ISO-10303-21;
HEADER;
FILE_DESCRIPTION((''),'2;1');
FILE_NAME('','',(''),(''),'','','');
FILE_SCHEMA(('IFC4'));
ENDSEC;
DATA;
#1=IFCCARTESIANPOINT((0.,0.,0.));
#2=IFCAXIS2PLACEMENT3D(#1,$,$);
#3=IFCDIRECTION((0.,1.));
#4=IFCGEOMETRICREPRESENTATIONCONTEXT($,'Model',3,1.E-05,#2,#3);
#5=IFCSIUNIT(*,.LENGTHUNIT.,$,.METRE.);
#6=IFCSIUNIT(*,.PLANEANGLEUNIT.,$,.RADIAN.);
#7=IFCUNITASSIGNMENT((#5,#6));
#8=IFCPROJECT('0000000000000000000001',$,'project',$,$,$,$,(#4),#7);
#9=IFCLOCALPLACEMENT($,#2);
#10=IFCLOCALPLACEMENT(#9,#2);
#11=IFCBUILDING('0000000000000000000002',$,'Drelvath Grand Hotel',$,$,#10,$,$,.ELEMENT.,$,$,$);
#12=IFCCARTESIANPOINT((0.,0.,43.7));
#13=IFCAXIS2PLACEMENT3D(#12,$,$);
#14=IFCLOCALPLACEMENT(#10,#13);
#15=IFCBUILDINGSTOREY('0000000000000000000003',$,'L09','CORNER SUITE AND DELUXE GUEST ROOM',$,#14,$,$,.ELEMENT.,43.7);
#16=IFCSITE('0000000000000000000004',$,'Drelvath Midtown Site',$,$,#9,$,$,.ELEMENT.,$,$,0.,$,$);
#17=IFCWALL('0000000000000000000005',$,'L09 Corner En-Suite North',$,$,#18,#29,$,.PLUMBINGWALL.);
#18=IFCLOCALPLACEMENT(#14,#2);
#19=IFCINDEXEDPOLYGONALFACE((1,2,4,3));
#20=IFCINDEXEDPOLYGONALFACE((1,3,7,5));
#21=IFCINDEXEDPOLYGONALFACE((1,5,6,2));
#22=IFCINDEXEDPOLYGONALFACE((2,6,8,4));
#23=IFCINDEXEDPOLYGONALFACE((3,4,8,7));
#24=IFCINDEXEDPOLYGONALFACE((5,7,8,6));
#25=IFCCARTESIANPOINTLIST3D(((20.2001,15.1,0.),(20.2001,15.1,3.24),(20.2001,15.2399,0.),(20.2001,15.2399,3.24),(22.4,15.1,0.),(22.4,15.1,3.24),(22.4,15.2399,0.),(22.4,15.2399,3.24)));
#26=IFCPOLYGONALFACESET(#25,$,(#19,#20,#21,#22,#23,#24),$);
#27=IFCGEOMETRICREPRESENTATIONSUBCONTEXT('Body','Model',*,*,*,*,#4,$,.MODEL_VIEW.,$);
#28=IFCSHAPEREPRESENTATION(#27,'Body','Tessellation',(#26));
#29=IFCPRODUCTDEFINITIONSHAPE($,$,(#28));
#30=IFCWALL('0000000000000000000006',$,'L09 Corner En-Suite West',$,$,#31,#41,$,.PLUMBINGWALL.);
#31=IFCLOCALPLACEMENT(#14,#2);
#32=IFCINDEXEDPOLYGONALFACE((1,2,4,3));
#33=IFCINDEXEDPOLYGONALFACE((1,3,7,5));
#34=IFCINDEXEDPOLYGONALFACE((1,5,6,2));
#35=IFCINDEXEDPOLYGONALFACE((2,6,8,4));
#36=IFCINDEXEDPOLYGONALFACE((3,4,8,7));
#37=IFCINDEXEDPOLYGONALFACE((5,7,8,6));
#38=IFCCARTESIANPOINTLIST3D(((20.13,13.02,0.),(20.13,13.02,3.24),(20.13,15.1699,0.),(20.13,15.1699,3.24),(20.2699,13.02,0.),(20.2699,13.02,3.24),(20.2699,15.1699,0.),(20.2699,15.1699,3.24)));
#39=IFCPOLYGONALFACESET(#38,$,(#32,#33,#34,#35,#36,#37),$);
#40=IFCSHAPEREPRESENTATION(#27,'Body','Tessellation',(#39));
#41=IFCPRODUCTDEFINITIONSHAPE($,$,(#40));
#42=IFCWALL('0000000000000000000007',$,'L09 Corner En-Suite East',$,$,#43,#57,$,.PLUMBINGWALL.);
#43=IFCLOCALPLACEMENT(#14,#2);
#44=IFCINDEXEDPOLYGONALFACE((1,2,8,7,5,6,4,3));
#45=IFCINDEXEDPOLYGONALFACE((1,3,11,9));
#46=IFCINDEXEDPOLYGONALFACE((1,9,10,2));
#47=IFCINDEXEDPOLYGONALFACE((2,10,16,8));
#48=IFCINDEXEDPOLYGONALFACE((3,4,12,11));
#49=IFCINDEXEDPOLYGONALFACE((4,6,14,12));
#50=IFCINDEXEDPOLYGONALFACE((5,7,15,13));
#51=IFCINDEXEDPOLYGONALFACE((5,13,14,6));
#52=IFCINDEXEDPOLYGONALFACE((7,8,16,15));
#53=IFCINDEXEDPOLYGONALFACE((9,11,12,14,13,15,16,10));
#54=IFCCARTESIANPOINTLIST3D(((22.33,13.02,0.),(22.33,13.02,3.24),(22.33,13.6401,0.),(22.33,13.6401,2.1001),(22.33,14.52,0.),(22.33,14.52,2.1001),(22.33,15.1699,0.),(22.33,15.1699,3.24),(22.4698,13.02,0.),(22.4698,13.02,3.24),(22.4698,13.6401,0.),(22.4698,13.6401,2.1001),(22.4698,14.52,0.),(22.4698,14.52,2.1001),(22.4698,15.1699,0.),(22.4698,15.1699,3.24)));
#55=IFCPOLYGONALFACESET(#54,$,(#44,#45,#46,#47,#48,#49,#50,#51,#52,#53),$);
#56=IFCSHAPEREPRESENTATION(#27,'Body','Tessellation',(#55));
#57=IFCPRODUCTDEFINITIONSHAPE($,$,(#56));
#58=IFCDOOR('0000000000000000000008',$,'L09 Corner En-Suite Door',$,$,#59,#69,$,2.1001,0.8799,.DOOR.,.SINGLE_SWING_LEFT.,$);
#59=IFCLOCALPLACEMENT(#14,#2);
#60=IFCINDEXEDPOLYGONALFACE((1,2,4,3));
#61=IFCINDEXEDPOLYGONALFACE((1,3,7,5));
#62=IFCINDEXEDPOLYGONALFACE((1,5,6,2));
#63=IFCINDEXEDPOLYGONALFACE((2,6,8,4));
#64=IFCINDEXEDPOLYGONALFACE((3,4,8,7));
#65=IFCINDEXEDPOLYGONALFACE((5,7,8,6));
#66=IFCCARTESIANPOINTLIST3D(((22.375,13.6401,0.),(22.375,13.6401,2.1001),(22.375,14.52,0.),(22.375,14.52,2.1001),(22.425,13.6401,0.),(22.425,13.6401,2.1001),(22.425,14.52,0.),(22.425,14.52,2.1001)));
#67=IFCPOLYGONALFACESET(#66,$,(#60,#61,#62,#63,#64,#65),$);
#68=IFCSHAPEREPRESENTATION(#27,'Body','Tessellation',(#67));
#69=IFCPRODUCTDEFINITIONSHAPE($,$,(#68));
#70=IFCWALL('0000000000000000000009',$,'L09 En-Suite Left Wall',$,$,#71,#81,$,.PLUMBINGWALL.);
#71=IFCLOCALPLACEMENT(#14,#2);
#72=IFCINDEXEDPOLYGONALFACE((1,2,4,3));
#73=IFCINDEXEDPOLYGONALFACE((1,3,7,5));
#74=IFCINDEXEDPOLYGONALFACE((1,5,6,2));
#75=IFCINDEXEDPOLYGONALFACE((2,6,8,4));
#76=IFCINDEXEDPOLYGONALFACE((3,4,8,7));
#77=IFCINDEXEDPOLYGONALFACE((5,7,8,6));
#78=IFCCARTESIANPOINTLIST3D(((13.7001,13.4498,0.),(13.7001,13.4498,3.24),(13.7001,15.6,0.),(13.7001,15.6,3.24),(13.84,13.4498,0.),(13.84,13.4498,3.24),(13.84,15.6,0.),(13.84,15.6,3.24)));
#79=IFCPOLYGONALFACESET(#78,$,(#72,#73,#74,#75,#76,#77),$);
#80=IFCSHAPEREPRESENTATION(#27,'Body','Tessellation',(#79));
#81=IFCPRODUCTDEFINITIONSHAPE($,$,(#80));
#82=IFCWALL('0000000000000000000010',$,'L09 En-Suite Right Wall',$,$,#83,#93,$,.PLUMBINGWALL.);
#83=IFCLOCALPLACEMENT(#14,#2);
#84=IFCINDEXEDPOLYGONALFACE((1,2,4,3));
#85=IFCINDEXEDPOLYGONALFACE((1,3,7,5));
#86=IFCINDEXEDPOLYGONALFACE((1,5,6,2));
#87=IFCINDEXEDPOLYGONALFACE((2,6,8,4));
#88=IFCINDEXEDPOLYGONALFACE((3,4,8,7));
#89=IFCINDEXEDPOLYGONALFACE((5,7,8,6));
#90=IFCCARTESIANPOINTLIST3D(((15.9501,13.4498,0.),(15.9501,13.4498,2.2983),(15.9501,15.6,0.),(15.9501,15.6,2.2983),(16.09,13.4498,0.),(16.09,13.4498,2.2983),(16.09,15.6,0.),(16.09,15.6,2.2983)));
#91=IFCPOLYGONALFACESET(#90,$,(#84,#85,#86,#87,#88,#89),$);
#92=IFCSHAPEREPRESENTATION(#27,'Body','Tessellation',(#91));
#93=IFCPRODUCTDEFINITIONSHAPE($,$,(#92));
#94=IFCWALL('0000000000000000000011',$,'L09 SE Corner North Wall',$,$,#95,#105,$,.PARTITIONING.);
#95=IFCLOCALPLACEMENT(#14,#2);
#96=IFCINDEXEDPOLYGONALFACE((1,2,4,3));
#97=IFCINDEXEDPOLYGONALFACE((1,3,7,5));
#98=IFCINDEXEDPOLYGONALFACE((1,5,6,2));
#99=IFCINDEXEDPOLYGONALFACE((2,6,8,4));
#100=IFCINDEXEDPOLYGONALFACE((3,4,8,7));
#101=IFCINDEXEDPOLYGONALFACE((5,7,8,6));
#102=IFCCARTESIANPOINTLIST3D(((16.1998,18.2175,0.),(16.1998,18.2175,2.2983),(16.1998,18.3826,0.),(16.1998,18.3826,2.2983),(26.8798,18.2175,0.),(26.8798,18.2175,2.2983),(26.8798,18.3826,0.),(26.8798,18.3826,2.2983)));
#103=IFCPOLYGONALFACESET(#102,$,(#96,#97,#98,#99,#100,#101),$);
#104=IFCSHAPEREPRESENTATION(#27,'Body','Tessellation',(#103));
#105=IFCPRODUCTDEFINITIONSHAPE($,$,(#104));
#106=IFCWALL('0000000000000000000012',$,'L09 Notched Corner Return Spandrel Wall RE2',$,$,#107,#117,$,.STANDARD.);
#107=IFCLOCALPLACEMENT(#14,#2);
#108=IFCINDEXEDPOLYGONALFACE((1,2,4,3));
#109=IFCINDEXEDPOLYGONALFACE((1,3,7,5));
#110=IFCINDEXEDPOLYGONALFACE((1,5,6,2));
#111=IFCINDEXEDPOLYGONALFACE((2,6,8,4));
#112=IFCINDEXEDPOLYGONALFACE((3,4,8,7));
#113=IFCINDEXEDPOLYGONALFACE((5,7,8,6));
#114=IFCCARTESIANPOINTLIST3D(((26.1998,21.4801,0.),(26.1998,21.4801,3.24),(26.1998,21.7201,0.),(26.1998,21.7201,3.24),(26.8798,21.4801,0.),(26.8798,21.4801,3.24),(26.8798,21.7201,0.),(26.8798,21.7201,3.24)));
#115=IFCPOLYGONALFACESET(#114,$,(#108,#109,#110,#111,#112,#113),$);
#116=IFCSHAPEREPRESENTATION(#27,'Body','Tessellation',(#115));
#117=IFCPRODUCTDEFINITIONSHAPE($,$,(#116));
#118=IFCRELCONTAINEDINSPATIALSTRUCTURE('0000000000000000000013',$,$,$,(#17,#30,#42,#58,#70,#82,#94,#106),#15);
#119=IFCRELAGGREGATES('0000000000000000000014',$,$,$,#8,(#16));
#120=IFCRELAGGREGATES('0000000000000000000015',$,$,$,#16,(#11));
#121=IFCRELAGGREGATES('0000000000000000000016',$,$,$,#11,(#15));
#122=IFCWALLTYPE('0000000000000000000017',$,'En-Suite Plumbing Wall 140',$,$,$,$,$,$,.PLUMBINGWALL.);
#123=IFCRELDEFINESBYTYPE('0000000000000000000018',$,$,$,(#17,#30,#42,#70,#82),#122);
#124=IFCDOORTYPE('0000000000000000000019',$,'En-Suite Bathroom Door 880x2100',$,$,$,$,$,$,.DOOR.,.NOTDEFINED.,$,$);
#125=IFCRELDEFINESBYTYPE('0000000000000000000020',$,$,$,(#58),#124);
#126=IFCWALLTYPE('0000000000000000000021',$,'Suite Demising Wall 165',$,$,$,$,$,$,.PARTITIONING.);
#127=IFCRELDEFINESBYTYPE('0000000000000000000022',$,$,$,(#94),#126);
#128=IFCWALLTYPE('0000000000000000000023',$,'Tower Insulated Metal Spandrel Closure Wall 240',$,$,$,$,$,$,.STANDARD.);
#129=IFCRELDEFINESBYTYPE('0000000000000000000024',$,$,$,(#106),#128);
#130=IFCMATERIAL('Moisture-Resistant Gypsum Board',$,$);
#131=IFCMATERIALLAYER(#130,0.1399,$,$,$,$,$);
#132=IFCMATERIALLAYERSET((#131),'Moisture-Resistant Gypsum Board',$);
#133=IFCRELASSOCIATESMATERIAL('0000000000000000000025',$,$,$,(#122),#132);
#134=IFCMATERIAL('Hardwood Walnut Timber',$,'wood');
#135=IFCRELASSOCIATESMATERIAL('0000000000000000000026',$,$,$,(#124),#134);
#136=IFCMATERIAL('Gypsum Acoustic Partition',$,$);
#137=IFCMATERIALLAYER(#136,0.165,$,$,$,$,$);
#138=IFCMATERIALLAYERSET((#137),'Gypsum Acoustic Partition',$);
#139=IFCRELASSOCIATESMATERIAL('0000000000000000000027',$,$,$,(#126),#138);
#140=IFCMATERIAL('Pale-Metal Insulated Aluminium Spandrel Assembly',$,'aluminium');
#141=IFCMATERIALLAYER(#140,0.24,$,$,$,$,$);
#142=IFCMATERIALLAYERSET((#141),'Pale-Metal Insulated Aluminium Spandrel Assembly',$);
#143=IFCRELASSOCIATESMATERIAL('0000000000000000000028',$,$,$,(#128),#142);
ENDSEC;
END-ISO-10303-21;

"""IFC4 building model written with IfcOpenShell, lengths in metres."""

from ifc_helpers import new_model, si_unit, direction, frame, frame_2d, origin, place, context, subcontext, project, spatial, rectangle, extrude, material, layer, layer_set, type_object, element, fill, save


model = new_model("IFC4")

# Units and contexts
model_context = context("Model", 3, precision=1e-05, world=origin(), true_north=direction((0.0, 1.0)))
body_context = subcontext(model_context, "Body", "Model", "MODEL_VIEW")
ifc_project = project(units=[si_unit("LENGTHUNIT", "METRE"), si_unit("PLANEANGLEUNIT", "RADIAN")], contexts=[model_context])

# Site, building, storey
site_placement = place(None, origin())
site = spatial("IfcSite", under=ifc_project, at=site_placement, Name="Drelvath Midtown Site", CompositionType="ELEMENT", RefElevation=0.0)
building_placement = place(site_placement, origin())
building = spatial("IfcBuilding", under=site, at=building_placement, Name="Drelvath Grand Hotel", CompositionType="ELEMENT")
storey_placement = place(building_placement, frame((0.0, 0.0, 43.7)))
storey = spatial("IfcBuildingStorey", under=building, at=storey_placement, Name="L09", Description="CORNER SUITE AND DELUXE GUEST ROOM", CompositionType="ELEMENT", Elevation=43.7)

# Shared definitions
ifc_material_1 = material(Name="Hardwood Walnut Timber", Category="wood")

# Walls
ifc_material_2 = material(Name="Moisture-Resistant Gypsum Board")
ifc_layer_1 = layer(ifc_material_2, 0.1399)
ifc_layer_set_1 = layer_set([ifc_layer_1], Name="Moisture-Resistant Gypsum Board")
wall_type_1 = type_object("IfcWallType", Name="En-Suite Plumbing Wall 140", PredefinedType="PLUMBINGWALL", material=ifc_layer_set_1)
for number, where, z_axis, x_axis, name in (
    (1, (20.2, 15.1699, 0.0), (0.0, 0.0, 1.0), (1.0, 0.0, 0.0), "L09 Corner En-Suite North"),
):
    element("IfcWall", number, at=place(storey_placement, frame(where, z_axis=z_axis, x_axis=x_axis)), inside=storey, type_object=wall_type_1, Name=name, PredefinedType="PLUMBINGWALL", context=body_context, shape_type="SweptSolid", body=[
        extrude(rectangle(XDim=2.2, YDim=0.1399, at=frame_2d((1.1001, 0.0))), origin(), (0.0, 0.0, 1.0), 3.24),
    ])
wall_1_placement = place(storey_placement, frame((20.2, 13.02, 0.0), z_axis=(0.0, 0.0, 1.0), x_axis=(0.0, 1.0, 0.0)))
element("IfcWall", 2, at=wall_1_placement, inside=storey, type_object=wall_type_1, Name="L09 Corner En-Suite West", PredefinedType="PLUMBINGWALL", context=body_context, shape_type="SweptSolid", body=[
    extrude(rectangle(XDim=2.1499, YDim=0.1399, at=frame_2d((1.075, 0.0))), origin(), (0.0, 0.0, 1.0), 3.24),
])

# Wall, opening, door
wall_2_placement = place(storey_placement, frame((22.3999, 13.02, 0.0), z_axis=(0.0, 0.0, 1.0), x_axis=(0.0, 1.0, 0.0)))
wall_2 = element("IfcWall", 3, at=wall_2_placement, inside=storey, type_object=wall_type_1, Name="L09 Corner En-Suite East", PredefinedType="PLUMBINGWALL", context=body_context, shape_type="SweptSolid", body=[
    extrude(rectangle(XDim=2.1499, YDim=0.1399, at=frame_2d((1.075, 0.0))), origin(), (0.0, 0.0, 1.0), 3.24),
])
opening_1_placement = place(wall_2_placement, frame((0.6201, 0.0, 0.0)))
opening_1 = element("IfcOpeningElement", 4, at=opening_1_placement, cuts=wall_2, PredefinedType="OPENING", context=body_context, shape_type="SweptSolid", body=[
    extrude(rectangle(XDim=0.8799, YDim=2.1001, at=frame_2d((0.4399, 1.05))), frame((0.0, 0.0798, 0.0), z_axis=(0.0, -1.0, 0.0), x_axis=(1.0, 0.0, 0.0)), (0.0, 0.0, 1.0), 0.1599),
])
door_type_1 = type_object("IfcDoorType", Name="En-Suite Bathroom Door 880x2100", OperationType="NOTDEFINED", PredefinedType="DOOR", material=ifc_material_1)
door_1_placement = place(opening_1_placement, origin())
door_1 = element("IfcDoor", 5, at=door_1_placement, inside=storey, type_object=door_type_1, Name="L09 Corner En-Suite Door", OperationType="SINGLE_SWING_LEFT", OverallHeight=2.1001, OverallWidth=0.8799, PredefinedType="DOOR", context=body_context, shape_type="SweptSolid", body=[
    extrude(rectangle(XDim=0.8799, YDim=2.1001, at=frame_2d((0.4399, 1.05))), frame((0.0, 0.0249, 0.0), z_axis=(0.0, -1.0, 0.0), x_axis=(1.0, 0.0, 0.0)), (0.0, 0.0, 1.0), 0.05),
])
fill(opening_1, door_1)

# Walls
wall_3_placement = place(storey_placement, frame((13.77, 15.6001, 0.0), z_axis=(0.0, 0.0, 1.0), x_axis=(0.0, -1.0, 0.0)))
element("IfcWall", 6, at=wall_3_placement, inside=storey, type_object=wall_type_1, Name="L09 En-Suite Left Wall", PredefinedType="PLUMBINGWALL", context=body_context, shape_type="SweptSolid", body=[
    extrude(rectangle(XDim=2.1501, YDim=0.1399, at=frame_2d((1.0752, 0.0))), origin(), (0.0, 0.0, 1.0), 3.24),
])
wall_4_placement = place(storey_placement, frame((16.02, 15.6001, 0.0), z_axis=(0.0, 0.0, 1.0), x_axis=(0.0, -1.0, 0.0)))
element("IfcWall", 7, at=wall_4_placement, inside=storey, type_object=wall_type_1, Name="L09 En-Suite Right Wall", PredefinedType="PLUMBINGWALL", context=body_context, shape_type="SweptSolid", body=[
    extrude(rectangle(XDim=2.1501, YDim=0.1399, at=frame_2d((1.0752, 0.0))), origin(), (0.0, 0.0, 1.0), 2.2983),
])
ifc_material_3 = material(Name="Gypsum Acoustic Partition")
ifc_layer_2 = layer(ifc_material_3, 0.165)
ifc_layer_set_2 = layer_set([ifc_layer_2], Name="Gypsum Acoustic Partition")
wall_type_2 = type_object("IfcWallType", Name="Suite Demising Wall 165", PredefinedType="PARTITIONING", material=ifc_layer_set_2)
wall_5_placement = place(storey_placement, frame((16.2, 18.3, 0.0), z_axis=(0.0, 0.0, 1.0), x_axis=(1.0, 0.0, 0.0)))
element("IfcWall", 8, at=wall_5_placement, inside=storey, type_object=wall_type_2, Name="L09 SE Corner North Wall", PredefinedType="PARTITIONING", context=body_context, shape_type="SweptSolid", body=[
    extrude(rectangle(XDim=10.6799, YDim=0.165, at=frame_2d((5.3398, 0.0))), origin(), (0.0, 0.0, 1.0), 2.2983),
])
ifc_material_4 = material(Name="Pale-Metal Insulated Aluminium Spandrel Assembly", Category="aluminium")
ifc_layer_3 = layer(ifc_material_4, 0.24)
ifc_layer_set_3 = layer_set([ifc_layer_3], Name="Pale-Metal Insulated Aluminium Spandrel Assembly")
wall_type_3 = type_object("IfcWallType", Name="Tower Insulated Metal Spandrel Closure Wall 240", PredefinedType="STANDARD", material=ifc_layer_set_3)
wall_6_placement = place(storey_placement, frame((26.2, 21.6001, 0.0), z_axis=(0.0, 0.0, 1.0), x_axis=(1.0, 0.0, 0.0)))
element("IfcWall", 9, at=wall_6_placement, inside=storey, type_object=wall_type_3, Name="L09 Notched Corner Return Spandrel Wall RE2", PredefinedType="STANDARD", context=body_context, shape_type="SweptSolid", body=[
    extrude(rectangle(XDim=0.6799, YDim=0.24, at=frame_2d((0.3398, 0.0))), origin(), (0.0, 0.0, 1.0), 3.24),
])

save(model, "model.ifc")
